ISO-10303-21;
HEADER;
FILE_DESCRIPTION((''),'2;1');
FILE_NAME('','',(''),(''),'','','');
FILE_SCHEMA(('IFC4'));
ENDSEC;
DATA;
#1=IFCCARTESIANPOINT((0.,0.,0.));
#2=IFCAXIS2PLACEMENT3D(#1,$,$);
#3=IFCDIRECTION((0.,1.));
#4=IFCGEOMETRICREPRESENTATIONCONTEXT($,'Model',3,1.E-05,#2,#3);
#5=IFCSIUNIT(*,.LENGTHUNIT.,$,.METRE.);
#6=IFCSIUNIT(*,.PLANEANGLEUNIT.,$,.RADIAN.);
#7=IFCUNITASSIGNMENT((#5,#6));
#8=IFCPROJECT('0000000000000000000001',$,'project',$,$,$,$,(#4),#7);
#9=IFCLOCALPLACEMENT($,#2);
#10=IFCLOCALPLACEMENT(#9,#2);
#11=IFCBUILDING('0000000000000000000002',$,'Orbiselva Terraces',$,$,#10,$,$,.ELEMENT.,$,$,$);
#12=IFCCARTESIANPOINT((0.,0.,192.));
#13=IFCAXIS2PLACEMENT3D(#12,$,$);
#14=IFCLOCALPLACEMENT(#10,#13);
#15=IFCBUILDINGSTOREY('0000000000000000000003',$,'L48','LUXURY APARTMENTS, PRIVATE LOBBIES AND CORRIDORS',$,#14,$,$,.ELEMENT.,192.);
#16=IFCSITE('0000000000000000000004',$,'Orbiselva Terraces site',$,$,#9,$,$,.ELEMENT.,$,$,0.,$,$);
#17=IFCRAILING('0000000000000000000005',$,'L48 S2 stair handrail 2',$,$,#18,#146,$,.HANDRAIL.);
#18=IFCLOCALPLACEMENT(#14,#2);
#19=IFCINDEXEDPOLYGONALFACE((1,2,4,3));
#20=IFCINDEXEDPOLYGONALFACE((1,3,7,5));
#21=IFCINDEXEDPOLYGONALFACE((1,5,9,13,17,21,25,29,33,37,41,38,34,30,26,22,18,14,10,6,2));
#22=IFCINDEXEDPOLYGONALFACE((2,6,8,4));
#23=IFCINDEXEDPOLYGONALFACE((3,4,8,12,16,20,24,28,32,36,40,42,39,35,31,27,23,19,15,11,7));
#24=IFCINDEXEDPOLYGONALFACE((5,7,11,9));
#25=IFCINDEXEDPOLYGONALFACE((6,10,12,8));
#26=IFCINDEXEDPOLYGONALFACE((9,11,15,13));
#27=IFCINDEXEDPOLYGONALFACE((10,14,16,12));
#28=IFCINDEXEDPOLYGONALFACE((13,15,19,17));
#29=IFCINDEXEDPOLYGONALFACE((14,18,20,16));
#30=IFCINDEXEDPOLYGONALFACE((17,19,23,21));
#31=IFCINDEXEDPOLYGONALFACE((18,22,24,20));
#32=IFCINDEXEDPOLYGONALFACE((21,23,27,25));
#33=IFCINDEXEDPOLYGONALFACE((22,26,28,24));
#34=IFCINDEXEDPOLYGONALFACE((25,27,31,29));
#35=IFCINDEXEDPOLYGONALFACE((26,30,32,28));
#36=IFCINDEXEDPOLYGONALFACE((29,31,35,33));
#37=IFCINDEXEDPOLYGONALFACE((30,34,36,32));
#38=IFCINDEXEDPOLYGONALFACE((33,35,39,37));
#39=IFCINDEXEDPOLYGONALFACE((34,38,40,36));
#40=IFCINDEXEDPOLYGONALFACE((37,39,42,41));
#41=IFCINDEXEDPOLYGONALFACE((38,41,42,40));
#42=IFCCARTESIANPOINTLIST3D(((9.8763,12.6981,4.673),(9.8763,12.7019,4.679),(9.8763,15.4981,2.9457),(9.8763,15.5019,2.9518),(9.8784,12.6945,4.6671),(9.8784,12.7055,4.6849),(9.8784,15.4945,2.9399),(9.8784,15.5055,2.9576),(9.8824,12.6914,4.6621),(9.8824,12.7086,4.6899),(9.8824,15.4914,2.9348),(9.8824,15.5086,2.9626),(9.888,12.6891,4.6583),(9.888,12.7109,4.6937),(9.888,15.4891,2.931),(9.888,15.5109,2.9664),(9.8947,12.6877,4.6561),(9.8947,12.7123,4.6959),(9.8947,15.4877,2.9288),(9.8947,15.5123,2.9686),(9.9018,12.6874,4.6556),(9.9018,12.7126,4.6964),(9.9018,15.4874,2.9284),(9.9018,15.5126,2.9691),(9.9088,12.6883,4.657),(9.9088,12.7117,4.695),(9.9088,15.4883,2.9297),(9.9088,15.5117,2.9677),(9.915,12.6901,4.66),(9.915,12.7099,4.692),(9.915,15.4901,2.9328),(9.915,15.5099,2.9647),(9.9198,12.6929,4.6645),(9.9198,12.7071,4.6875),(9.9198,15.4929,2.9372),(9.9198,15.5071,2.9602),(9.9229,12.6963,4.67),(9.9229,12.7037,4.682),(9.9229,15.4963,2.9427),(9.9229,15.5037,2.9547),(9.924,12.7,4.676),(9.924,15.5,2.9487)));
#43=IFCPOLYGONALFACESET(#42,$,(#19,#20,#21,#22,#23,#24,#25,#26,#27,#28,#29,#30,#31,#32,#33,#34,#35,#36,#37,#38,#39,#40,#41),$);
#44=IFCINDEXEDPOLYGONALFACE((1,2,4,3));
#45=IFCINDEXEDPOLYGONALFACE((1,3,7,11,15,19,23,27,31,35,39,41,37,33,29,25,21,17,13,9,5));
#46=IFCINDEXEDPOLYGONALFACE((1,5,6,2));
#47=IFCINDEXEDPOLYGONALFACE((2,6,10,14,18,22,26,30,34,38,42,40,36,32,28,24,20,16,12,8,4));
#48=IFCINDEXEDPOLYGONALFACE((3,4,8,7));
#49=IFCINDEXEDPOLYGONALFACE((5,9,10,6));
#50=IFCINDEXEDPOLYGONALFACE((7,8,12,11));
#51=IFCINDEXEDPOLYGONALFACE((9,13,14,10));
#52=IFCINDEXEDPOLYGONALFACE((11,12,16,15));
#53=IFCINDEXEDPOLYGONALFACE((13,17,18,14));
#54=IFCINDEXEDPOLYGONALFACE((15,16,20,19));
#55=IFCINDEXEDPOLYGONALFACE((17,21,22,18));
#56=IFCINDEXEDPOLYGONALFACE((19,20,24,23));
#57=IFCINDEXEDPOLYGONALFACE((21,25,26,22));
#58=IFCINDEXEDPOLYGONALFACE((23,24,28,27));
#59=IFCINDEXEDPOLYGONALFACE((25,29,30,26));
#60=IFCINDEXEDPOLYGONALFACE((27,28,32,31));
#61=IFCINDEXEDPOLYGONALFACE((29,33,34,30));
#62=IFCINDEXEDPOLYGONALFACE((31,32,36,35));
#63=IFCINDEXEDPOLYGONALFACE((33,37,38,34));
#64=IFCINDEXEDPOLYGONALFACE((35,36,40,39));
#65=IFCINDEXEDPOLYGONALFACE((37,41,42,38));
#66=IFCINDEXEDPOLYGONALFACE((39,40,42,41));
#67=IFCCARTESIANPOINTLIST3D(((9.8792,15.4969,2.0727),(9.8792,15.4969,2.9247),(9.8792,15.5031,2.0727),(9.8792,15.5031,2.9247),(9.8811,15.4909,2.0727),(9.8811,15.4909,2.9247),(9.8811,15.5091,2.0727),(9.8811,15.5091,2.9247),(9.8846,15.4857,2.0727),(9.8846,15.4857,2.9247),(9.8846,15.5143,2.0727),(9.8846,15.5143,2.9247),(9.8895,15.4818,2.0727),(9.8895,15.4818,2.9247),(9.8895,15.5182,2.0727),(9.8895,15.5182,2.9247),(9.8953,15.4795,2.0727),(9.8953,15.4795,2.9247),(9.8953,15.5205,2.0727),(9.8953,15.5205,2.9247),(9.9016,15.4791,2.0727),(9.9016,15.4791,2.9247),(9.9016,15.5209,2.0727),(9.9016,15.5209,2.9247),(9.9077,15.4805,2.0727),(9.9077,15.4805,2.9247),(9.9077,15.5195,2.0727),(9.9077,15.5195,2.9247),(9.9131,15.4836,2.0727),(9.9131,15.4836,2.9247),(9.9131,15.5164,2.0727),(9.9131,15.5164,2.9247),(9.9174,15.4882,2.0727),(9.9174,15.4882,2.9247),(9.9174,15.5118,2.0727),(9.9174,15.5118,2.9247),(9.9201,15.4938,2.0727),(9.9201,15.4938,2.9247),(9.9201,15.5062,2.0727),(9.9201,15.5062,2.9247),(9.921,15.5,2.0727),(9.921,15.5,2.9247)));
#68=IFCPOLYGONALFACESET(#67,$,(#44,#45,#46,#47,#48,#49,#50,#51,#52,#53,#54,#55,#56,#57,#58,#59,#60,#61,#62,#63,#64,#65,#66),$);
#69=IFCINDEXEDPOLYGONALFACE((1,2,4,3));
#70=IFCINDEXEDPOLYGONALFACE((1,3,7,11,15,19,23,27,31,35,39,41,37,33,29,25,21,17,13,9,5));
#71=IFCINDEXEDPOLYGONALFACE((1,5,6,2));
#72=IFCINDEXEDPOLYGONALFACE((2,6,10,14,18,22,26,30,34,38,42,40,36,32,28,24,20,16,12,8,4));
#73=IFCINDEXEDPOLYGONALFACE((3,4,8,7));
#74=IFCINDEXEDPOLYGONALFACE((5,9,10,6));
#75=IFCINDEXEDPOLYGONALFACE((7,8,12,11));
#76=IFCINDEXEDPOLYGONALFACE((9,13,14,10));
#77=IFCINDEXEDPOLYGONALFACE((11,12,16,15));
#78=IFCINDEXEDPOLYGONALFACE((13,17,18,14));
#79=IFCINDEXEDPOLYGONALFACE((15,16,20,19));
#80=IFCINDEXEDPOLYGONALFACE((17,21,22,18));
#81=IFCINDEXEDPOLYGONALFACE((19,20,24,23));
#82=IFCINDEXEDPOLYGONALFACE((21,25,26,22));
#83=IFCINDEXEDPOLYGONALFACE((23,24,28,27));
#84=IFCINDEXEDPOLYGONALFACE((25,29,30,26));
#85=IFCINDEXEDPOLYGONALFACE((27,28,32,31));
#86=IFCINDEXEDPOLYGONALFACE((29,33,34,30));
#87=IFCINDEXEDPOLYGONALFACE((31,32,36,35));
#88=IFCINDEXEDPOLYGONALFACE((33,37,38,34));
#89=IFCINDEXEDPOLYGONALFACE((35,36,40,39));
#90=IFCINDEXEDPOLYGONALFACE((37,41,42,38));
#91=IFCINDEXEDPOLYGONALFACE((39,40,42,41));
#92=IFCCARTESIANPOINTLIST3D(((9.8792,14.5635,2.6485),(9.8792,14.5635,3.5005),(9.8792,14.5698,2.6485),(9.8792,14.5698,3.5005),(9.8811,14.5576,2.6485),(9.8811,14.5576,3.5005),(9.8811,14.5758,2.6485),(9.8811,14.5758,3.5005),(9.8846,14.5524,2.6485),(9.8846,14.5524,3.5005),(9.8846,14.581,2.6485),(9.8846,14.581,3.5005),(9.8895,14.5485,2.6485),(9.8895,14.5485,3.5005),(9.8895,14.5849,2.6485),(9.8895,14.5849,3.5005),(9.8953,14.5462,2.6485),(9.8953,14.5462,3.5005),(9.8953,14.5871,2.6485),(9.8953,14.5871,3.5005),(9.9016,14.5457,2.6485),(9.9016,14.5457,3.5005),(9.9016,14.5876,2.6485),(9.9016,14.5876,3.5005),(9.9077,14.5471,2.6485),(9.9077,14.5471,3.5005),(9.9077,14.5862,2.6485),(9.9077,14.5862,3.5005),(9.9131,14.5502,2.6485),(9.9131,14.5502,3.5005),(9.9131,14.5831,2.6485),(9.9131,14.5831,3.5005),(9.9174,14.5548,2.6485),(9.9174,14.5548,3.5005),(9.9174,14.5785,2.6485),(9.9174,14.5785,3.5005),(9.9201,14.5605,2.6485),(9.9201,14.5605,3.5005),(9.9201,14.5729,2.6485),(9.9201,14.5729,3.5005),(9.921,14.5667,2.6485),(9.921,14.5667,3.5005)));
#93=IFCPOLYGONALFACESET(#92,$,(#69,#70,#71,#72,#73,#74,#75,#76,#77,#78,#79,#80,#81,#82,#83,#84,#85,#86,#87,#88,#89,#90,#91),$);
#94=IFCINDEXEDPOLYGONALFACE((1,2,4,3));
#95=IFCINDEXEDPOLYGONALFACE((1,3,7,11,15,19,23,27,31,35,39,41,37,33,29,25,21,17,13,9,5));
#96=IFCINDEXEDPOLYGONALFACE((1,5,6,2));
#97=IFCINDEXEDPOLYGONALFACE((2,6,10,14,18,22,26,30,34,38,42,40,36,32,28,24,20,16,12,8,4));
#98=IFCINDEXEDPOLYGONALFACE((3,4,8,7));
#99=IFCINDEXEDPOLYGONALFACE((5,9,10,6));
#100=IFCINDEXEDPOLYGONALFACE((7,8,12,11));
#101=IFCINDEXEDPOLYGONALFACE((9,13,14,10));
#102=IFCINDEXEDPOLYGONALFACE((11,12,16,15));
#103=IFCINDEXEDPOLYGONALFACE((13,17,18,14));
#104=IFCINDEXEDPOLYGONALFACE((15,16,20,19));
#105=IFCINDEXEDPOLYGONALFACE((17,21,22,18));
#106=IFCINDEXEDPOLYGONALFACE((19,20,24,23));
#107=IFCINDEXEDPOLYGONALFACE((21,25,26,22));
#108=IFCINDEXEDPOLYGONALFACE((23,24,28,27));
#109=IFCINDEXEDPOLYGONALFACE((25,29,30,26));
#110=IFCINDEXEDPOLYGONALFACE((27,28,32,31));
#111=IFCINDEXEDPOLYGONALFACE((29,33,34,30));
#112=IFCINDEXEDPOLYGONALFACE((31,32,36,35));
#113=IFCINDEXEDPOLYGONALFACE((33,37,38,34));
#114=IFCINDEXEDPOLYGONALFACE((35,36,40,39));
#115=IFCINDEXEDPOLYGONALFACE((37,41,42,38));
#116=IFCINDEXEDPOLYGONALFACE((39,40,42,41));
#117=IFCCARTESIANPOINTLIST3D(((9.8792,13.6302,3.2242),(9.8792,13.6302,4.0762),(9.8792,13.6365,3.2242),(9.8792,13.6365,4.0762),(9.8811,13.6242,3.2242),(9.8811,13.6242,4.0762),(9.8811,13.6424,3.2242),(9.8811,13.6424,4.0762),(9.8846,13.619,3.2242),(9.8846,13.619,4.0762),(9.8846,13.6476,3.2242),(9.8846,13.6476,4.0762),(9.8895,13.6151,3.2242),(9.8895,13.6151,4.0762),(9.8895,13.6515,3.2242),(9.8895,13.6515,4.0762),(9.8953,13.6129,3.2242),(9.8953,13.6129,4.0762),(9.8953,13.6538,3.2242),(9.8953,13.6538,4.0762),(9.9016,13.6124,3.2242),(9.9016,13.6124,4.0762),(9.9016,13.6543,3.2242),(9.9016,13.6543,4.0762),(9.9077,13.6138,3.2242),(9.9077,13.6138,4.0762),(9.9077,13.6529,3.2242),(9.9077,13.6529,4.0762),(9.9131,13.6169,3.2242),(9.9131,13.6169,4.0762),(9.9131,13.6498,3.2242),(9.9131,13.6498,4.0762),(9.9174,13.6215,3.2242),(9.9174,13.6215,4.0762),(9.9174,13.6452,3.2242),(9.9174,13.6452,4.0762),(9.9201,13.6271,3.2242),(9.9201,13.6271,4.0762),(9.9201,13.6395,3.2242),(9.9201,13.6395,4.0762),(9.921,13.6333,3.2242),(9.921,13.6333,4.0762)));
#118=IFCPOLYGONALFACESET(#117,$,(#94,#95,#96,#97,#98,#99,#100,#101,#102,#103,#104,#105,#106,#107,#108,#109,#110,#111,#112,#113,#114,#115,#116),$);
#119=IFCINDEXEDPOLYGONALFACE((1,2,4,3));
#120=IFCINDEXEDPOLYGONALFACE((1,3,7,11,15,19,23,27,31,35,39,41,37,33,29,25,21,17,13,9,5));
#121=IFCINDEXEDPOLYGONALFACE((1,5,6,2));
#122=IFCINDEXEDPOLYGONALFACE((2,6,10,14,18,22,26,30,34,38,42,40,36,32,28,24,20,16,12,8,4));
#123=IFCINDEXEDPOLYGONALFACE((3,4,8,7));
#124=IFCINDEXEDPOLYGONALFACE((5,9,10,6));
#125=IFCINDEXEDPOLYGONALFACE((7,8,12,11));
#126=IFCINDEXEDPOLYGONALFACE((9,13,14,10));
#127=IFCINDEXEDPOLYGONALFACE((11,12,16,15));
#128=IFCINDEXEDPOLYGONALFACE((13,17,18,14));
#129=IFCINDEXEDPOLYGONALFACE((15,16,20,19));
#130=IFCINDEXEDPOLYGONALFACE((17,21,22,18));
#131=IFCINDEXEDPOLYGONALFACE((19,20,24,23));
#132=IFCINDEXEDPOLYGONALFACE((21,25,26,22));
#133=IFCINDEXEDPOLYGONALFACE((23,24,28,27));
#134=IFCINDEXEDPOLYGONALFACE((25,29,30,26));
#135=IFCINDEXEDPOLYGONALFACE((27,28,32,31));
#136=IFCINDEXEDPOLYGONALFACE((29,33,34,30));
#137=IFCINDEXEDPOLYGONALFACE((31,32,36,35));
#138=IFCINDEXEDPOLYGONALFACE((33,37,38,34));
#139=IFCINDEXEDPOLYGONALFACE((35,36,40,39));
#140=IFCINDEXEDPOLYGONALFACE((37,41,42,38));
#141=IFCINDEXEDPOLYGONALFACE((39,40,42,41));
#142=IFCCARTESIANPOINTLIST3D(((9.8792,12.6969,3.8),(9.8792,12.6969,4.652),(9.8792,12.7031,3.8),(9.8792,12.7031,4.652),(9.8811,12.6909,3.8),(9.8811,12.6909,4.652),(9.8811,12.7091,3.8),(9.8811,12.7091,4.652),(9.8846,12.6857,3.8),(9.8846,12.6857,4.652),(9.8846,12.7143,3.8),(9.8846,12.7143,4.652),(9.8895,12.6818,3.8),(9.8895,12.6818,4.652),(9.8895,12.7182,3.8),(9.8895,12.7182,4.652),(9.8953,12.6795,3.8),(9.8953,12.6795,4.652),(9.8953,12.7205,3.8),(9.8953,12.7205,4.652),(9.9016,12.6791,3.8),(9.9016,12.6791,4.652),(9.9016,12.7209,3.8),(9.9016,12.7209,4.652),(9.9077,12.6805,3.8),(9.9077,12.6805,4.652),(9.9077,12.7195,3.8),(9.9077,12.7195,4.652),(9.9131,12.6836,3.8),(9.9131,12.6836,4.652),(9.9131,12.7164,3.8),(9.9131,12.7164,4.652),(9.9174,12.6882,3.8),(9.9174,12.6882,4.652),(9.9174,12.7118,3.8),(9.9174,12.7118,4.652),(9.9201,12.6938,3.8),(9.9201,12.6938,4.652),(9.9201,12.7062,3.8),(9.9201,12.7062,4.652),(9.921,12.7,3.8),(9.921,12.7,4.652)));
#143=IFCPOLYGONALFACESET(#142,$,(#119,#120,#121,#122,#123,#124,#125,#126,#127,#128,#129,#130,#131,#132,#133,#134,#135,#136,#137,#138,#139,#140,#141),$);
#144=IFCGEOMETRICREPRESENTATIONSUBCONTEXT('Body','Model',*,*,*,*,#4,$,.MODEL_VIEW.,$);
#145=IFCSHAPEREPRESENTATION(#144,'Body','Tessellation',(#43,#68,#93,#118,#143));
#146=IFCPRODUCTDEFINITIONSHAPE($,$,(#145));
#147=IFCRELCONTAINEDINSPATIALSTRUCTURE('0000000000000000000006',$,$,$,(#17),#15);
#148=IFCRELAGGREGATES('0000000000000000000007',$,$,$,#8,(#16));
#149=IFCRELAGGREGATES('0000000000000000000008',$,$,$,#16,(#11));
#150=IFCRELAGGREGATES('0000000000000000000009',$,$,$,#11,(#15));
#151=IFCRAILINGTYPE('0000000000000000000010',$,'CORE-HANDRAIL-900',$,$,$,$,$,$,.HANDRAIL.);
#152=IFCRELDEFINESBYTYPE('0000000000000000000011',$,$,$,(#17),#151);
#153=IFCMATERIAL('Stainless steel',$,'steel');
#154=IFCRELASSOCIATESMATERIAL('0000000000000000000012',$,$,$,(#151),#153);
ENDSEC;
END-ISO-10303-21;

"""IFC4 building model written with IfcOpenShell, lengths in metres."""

from ifc_helpers import new_model, si_unit, direction, frame, origin, origin_2d, place, context, subcontext, project, spatial, circle, extrude, material, type_object, element, save


model = new_model("IFC4")

# Units and contexts
model_context = context("Model", 3, precision=1e-05, world=origin(), true_north=direction((0.0, 1.0)))
body_context = subcontext(model_context, "Body", "Model", "MODEL_VIEW")
ifc_project = project(units=[si_unit("LENGTHUNIT", "METRE"), si_unit("PLANEANGLEUNIT", "RADIAN")], contexts=[model_context])

# Site, building, storey
site_placement = place(None, origin())
site = spatial("IfcSite", under=ifc_project, at=site_placement, Name="Orbiselva Terraces site", CompositionType="ELEMENT", RefElevation=0.0)
building_placement = place(site_placement, origin())
building = spatial("IfcBuilding", under=site, at=building_placement, Name="Orbiselva Terraces", CompositionType="ELEMENT")
storey_placement = place(building_placement, frame((0.0, 0.0, 192.0)))
storey = spatial("IfcBuildingStorey", under=building, at=storey_placement, Name="L48", Description="LUXURY APARTMENTS, PRIVATE LOBBIES AND CORRIDORS", CompositionType="ELEMENT", Elevation=192.0)

# Railing
ifc_material_1 = material(Name="Stainless steel", Category="steel")
railing_type = type_object("IfcRailingType", Name="CORE-HANDRAIL-900", PredefinedType="HANDRAIL", material=ifc_material_1)
railing_1_placement = place(storey_placement, frame((9.9, 15.5, 2.0727)))
element("IfcRailing", 1, at=railing_1_placement, inside=storey, type_object=railing_type, Name="L48 S2 stair handrail 2", PredefinedType="HANDRAIL", context=body_context, shape_type="SweptSolid", body=[
    extrude(circle(Radius=0.024, at=origin_2d()), frame((0.0, 0.0, 0.876), z_axis=(0.0, -0.851089, 0.525022), x_axis=(1.0, 0.0, 0.0)), (0.0, 0.0, 1.0), 3.2899),
    extrude(circle(Radius=0.021, at=origin_2d()), origin(), (0.0, 0.0, 1.0), 0.852),
    extrude(circle(Radius=0.021, at=origin_2d()), frame((0.0, -0.9333, 0.5758)), (0.0, 0.0, 1.0), 0.852),
    extrude(circle(Radius=0.021, at=origin_2d()), frame((0.0, -1.8667, 1.1515)), (0.0, 0.0, 1.0), 0.852),
    extrude(circle(Radius=0.021, at=origin_2d()), frame((0.0, -2.8, 1.7273)), (0.0, 0.0, 1.0), 0.852),
])

save(model, "model.ifc")
